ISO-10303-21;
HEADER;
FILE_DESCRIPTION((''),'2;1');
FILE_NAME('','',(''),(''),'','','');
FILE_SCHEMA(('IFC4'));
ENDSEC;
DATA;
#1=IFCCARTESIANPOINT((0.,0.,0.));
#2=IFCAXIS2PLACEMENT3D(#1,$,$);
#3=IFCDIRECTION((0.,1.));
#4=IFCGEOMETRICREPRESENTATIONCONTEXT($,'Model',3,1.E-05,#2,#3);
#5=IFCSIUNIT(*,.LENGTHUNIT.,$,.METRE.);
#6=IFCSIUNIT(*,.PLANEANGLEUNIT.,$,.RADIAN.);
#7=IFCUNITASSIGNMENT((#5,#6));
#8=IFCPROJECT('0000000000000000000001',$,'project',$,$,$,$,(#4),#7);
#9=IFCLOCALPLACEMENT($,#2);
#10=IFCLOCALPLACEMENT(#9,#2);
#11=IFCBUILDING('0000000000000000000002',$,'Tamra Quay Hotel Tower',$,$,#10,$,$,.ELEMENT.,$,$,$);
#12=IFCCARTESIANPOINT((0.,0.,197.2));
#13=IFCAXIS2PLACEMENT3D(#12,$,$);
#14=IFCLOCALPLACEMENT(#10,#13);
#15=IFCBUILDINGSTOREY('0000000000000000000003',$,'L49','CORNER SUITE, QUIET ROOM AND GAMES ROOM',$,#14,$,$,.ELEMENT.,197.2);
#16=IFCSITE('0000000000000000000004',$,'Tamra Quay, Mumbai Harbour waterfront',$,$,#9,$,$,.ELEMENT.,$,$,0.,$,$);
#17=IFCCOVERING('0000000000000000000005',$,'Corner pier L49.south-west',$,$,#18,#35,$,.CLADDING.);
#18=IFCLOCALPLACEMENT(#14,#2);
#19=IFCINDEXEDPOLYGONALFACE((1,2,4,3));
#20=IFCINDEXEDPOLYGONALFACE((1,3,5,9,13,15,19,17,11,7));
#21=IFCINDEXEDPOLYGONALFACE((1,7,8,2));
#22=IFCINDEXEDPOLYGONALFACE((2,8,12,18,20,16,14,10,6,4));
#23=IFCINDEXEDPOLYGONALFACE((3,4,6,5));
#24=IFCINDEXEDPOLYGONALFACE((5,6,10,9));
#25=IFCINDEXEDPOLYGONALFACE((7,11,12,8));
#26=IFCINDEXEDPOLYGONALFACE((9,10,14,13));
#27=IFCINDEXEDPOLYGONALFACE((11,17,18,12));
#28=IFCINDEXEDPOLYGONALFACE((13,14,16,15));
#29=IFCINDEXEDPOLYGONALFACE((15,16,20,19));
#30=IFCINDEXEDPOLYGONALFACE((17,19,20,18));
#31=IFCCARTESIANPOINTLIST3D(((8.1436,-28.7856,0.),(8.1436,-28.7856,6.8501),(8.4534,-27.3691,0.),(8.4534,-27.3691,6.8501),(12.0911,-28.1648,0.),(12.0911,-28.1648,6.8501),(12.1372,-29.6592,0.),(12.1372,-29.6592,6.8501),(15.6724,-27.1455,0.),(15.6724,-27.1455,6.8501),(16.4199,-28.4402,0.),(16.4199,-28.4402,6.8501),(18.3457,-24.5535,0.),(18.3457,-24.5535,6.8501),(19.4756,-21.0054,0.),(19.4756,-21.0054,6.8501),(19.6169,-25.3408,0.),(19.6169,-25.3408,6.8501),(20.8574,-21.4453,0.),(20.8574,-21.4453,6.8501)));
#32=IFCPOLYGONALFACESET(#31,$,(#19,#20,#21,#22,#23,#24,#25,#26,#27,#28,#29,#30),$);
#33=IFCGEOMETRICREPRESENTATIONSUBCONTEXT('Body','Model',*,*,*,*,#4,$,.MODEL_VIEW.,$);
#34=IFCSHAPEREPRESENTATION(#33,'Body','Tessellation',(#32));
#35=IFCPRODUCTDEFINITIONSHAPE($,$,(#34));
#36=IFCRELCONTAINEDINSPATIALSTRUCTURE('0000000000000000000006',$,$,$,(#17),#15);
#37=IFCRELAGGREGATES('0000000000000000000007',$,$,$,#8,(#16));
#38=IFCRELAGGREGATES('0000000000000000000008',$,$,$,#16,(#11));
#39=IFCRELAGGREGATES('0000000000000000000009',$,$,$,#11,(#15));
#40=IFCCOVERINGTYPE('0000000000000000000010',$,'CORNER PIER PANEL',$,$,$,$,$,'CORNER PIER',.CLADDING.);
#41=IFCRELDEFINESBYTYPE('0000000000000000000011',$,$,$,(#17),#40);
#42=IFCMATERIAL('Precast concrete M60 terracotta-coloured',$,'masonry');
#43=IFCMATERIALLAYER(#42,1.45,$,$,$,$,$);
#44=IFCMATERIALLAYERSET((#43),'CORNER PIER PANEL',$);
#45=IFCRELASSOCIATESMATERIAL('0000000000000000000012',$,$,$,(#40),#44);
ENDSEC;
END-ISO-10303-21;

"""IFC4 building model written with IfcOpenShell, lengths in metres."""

from ifc_helpers import new_model, si_unit, direction, frame, origin, place, context, subcontext, project, spatial, polyline, outline, extrude, material, layer, layer_set, type_object, element, save


model = new_model("IFC4")

# Units and contexts
model_context = context("Model", 3, precision=1e-05, world=origin(), true_north=direction((0.0, 1.0)))
body_context = subcontext(model_context, "Body", "Model", "MODEL_VIEW")
ifc_project = project(units=[si_unit("LENGTHUNIT", "METRE"), si_unit("PLANEANGLEUNIT", "RADIAN")], contexts=[model_context])

# Site, building, storey
site_placement = place(None, origin())
site = spatial("IfcSite", under=ifc_project, at=site_placement, Name="Tamra Quay, Mumbai Harbour waterfront", CompositionType="ELEMENT", RefElevation=0.0)
building_placement = place(site_placement, origin())
building = spatial("IfcBuilding", under=site, at=building_placement, Name="Tamra Quay Hotel Tower", CompositionType="ELEMENT")
storey_placement = place(building_placement, frame((0.0, 0.0, 197.2)))
storey = spatial("IfcBuildingStorey", under=building, at=storey_placement, Name="L49", Description="CORNER SUITE, QUIET ROOM AND GAMES ROOM", CompositionType="ELEMENT", Elevation=197.2)

# Covering
ifc_material_1 = material(Name="Precast concrete M60 terracotta-coloured", Category="masonry")
ifc_layer_1 = layer(ifc_material_1, 1.45)
ifc_layer_set_1 = layer_set([ifc_layer_1], Name="CORNER PIER PANEL")
covering_type = type_object("IfcCoveringType", Name="CORNER PIER PANEL", ElementType="CORNER PIER", PredefinedType="CLADDING", material=ifc_layer_set_1)
covering_1_placement = place(storey_placement, origin())
element("IfcCovering", 1, at=covering_1_placement, inside=storey, type_object=covering_type, Name="Corner pier L49.south-west", PredefinedType="CLADDING", context=body_context, shape_type="SweptSolid", body=[
    extrude(outline(polyline([(8.4534, -27.3691), (8.1436, -28.7856), (12.1372, -29.6592), (16.4199, -28.4402), (19.6169, -25.3408), (20.8574, -21.4453), (19.4756, -21.0054), (18.3457, -24.5535), (15.6724, -27.1455), (12.0911, -28.1648), (8.4534, -27.3691)])), origin(), (0.0, 0.0, 1.0), 6.8501),
])

save(model, "model.ifc")
